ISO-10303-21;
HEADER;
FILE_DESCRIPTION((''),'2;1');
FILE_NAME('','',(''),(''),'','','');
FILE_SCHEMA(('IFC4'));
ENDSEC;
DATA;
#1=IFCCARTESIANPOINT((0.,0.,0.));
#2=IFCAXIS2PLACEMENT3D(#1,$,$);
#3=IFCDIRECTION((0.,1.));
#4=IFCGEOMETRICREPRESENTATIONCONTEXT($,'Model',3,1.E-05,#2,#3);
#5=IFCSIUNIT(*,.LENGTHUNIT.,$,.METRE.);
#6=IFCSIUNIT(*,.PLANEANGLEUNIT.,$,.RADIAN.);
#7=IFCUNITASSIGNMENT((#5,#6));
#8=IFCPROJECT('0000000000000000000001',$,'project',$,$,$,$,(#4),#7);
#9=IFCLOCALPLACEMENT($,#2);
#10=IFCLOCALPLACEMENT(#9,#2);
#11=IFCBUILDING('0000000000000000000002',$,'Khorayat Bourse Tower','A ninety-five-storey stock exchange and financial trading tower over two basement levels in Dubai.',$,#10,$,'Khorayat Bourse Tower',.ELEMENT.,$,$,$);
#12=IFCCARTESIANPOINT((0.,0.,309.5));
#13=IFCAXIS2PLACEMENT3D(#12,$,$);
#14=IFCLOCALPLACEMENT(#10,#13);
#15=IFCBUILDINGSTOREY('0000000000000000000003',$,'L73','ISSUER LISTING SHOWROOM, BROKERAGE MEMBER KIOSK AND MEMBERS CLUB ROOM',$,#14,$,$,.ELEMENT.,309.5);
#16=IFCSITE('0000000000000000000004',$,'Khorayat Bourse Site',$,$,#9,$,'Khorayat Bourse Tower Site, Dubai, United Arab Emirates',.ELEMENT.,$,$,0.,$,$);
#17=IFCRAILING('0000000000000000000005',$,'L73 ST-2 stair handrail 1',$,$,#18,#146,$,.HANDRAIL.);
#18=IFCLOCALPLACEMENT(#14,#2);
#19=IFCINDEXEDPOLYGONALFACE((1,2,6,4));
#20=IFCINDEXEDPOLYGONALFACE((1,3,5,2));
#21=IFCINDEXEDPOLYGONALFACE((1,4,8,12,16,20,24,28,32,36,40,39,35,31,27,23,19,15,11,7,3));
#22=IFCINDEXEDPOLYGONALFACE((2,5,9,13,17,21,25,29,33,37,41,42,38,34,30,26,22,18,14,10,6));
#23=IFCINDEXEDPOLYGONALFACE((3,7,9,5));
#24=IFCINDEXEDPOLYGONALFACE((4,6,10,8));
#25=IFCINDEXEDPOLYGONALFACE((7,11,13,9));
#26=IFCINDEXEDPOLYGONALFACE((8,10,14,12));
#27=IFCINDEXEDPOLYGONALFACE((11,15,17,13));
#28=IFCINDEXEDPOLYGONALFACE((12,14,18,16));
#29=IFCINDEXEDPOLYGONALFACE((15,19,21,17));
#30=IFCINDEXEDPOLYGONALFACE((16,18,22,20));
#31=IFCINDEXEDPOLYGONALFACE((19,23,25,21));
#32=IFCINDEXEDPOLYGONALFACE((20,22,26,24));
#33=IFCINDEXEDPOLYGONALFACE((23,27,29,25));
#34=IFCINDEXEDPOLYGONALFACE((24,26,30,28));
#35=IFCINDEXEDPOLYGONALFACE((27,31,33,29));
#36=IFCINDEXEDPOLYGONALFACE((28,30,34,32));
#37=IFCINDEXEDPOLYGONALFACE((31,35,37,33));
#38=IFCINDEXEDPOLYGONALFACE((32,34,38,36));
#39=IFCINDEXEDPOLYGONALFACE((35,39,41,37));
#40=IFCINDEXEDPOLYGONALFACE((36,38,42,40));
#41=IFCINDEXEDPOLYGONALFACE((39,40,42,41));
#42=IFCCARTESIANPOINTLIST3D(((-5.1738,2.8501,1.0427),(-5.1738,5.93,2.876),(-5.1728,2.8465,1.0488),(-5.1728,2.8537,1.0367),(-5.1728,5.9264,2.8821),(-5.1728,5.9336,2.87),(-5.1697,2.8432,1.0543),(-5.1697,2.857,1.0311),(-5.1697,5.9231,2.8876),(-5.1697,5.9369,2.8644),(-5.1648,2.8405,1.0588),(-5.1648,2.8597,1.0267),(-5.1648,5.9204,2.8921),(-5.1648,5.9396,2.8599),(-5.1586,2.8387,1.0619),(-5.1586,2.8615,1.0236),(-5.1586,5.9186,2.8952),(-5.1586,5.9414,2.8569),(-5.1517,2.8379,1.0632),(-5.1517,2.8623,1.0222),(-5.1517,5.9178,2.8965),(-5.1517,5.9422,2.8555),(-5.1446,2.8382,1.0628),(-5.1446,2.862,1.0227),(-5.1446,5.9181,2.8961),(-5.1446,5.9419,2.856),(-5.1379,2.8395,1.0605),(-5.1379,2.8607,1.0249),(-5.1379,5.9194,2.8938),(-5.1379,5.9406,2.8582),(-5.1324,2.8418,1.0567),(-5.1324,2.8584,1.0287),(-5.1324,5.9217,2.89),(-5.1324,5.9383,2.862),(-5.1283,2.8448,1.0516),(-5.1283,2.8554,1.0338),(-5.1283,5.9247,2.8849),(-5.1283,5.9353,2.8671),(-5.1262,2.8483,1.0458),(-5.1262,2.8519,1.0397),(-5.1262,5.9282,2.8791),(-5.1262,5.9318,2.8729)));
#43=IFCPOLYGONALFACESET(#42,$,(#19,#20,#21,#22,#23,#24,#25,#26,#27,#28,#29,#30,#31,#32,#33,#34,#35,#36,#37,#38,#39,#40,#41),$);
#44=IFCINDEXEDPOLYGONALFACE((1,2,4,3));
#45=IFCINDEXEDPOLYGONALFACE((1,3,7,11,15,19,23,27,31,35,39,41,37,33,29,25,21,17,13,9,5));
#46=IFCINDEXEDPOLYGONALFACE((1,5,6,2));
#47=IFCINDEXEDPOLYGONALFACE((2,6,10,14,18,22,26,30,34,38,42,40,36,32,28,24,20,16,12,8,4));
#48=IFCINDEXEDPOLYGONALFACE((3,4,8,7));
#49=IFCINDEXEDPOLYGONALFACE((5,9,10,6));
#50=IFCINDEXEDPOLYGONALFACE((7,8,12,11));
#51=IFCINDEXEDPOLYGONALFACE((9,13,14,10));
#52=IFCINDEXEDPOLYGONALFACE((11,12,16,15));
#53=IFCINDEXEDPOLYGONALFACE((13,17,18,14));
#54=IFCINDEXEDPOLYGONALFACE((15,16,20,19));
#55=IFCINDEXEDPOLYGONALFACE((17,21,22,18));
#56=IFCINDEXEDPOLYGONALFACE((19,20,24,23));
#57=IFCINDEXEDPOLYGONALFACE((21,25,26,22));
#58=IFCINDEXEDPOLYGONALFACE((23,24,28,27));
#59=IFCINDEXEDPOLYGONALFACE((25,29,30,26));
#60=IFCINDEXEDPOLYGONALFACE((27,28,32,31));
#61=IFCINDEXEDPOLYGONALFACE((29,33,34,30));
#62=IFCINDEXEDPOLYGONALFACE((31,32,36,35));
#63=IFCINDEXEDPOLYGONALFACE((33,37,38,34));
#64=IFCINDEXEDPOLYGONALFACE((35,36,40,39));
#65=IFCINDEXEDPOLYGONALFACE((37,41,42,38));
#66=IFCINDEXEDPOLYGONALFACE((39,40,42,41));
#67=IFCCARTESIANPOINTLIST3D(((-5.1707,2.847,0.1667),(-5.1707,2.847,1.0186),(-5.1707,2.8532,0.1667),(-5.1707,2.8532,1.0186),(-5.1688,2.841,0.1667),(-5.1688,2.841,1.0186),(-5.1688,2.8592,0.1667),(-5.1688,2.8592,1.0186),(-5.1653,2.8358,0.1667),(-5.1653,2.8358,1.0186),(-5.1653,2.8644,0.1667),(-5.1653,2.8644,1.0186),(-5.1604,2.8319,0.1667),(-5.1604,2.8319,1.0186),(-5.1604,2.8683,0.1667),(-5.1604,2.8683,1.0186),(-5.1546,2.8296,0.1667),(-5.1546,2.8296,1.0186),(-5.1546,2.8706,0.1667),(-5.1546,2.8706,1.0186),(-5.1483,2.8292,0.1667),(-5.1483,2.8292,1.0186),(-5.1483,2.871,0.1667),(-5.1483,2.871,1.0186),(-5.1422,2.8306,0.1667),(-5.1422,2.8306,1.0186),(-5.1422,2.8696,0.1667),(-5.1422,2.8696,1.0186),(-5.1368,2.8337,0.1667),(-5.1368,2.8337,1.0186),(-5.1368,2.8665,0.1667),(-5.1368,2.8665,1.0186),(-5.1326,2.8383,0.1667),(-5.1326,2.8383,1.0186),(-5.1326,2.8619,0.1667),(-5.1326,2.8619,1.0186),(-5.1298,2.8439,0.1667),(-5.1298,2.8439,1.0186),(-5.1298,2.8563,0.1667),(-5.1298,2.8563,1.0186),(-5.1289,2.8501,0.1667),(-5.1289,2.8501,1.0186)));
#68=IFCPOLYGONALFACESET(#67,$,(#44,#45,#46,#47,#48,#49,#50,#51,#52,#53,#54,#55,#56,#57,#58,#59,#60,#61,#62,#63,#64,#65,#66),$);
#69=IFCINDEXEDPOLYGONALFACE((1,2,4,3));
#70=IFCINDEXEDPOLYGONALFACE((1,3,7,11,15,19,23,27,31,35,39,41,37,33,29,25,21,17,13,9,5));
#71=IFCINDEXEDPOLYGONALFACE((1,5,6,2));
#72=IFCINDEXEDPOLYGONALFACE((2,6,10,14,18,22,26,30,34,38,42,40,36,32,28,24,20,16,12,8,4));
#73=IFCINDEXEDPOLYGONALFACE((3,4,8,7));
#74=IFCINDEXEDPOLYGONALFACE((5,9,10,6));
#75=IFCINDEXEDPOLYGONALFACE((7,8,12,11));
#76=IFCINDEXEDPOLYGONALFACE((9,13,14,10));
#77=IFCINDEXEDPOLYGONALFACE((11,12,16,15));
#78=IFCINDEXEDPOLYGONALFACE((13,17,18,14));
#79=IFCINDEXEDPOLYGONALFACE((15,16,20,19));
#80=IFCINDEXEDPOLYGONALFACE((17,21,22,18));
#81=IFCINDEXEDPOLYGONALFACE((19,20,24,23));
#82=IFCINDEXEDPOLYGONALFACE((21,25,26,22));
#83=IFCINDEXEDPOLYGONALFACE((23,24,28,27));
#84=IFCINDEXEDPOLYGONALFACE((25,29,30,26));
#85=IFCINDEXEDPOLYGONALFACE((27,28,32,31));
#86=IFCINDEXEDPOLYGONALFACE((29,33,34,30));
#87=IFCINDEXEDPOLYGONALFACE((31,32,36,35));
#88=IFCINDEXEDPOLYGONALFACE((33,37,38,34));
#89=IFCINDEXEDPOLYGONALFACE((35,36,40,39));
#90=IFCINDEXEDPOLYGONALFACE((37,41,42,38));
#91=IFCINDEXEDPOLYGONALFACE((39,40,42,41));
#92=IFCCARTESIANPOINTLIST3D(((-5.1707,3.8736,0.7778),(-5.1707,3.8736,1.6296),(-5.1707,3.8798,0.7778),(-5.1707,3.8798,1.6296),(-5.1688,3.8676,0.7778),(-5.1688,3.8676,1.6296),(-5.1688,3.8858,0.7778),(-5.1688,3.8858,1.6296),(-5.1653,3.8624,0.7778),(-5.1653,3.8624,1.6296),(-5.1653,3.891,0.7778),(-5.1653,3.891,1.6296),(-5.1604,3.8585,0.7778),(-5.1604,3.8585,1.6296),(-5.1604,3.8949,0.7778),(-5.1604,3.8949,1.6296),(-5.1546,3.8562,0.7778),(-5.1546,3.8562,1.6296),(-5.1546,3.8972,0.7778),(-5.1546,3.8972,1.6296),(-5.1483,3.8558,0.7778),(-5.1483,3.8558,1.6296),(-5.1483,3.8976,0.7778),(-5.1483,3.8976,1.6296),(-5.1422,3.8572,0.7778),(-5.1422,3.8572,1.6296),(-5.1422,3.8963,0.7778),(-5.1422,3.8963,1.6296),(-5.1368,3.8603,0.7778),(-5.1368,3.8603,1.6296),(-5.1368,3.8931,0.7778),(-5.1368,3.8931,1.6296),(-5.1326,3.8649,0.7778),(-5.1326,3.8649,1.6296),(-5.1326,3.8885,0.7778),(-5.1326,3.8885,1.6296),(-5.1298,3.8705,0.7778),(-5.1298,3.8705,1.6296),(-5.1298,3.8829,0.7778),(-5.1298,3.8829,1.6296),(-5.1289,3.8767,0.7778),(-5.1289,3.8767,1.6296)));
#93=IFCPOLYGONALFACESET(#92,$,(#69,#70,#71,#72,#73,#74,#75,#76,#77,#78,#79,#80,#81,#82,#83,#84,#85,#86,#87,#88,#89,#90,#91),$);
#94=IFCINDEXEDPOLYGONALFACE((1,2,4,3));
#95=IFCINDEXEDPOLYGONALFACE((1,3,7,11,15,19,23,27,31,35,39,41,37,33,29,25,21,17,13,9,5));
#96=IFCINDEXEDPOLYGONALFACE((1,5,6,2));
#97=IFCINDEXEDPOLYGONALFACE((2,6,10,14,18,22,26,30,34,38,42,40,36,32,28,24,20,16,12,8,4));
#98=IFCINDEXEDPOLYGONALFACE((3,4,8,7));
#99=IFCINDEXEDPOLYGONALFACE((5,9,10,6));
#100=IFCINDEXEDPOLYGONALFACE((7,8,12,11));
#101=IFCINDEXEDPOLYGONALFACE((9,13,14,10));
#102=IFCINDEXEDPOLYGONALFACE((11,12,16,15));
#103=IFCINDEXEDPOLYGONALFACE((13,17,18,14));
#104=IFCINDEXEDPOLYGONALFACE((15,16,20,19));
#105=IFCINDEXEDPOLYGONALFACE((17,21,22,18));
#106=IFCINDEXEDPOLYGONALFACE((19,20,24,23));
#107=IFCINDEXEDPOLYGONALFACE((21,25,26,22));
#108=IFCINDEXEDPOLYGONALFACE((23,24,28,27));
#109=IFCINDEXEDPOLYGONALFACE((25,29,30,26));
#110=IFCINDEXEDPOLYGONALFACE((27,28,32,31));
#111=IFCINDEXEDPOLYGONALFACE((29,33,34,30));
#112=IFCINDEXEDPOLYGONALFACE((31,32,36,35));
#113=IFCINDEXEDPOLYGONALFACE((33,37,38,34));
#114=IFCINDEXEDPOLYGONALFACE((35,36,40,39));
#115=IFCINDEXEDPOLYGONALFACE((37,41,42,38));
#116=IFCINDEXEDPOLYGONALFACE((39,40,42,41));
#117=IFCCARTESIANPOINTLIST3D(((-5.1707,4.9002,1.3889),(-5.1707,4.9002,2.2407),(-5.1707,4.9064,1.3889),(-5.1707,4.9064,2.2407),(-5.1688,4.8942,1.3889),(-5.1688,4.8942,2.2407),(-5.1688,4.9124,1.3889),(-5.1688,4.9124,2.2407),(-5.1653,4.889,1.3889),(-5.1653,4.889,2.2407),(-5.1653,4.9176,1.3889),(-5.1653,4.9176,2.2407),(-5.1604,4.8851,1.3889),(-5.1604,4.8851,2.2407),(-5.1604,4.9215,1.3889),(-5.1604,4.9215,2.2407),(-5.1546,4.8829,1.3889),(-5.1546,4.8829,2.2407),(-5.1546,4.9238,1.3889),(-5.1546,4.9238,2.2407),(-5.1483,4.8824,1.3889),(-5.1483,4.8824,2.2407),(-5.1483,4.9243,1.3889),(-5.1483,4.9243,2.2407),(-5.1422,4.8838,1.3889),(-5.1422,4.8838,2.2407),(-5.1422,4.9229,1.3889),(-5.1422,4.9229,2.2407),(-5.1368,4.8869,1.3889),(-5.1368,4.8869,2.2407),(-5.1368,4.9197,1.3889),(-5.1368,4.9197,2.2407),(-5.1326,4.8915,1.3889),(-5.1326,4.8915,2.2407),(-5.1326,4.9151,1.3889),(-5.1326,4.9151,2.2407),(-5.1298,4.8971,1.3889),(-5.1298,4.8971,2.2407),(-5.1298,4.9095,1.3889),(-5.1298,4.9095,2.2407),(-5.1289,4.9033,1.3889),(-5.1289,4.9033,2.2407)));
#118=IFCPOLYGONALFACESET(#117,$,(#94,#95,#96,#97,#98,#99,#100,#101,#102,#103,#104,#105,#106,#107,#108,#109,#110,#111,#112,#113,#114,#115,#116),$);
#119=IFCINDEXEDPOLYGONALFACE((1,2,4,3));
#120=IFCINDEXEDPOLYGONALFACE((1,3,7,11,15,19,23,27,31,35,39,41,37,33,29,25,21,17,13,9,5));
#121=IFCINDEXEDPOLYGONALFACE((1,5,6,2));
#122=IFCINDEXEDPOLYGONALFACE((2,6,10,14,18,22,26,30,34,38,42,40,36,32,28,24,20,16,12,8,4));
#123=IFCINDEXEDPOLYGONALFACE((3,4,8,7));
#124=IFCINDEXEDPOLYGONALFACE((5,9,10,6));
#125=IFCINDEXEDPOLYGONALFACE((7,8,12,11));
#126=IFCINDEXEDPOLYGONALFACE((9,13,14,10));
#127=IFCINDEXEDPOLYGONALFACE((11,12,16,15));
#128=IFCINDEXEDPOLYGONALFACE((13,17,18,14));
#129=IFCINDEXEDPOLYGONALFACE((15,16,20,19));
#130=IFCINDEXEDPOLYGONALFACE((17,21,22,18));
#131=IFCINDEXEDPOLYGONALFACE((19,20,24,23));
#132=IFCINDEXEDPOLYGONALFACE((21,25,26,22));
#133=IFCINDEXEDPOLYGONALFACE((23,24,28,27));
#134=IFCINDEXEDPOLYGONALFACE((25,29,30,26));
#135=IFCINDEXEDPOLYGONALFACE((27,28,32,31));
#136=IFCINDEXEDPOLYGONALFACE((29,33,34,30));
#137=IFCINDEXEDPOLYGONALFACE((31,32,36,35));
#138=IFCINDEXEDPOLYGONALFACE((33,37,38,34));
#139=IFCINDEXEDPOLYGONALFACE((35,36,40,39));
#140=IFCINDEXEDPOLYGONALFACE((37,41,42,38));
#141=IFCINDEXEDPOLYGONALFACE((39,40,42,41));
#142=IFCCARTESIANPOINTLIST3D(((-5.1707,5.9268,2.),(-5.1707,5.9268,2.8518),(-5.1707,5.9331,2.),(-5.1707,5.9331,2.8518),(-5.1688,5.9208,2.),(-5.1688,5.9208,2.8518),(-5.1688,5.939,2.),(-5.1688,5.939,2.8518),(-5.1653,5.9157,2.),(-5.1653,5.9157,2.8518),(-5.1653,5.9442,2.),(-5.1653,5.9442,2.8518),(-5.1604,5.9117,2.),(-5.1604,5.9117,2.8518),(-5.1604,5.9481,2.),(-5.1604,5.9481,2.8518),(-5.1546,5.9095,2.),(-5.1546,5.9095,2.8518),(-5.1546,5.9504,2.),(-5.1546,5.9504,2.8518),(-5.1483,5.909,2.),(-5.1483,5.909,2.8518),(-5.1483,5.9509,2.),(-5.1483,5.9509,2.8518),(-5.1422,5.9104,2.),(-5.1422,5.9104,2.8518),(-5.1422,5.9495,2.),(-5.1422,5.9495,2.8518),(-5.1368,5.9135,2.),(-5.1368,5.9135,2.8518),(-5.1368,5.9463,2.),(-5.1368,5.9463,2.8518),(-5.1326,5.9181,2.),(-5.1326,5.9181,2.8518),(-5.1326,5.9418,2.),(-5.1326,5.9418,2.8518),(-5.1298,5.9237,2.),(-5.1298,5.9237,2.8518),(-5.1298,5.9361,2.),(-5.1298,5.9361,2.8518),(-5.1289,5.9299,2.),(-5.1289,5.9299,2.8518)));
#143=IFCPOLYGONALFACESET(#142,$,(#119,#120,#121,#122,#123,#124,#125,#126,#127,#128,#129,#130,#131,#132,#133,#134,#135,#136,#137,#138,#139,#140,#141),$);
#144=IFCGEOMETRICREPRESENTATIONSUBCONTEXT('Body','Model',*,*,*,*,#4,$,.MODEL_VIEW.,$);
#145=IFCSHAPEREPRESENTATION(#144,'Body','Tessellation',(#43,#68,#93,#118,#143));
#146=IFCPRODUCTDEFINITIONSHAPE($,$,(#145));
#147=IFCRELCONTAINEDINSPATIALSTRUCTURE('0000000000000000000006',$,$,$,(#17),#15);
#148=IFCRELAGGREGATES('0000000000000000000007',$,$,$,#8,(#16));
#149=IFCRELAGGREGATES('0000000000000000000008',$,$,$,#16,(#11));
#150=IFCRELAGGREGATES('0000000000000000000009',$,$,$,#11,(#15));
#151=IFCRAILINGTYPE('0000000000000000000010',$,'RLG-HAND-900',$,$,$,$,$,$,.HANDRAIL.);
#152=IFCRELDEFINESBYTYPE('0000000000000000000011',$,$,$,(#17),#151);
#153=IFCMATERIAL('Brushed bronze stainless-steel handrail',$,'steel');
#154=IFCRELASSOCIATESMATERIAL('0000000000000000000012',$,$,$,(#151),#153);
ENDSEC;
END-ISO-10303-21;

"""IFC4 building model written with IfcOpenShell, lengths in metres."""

from ifc_helpers import new_model, si_unit, direction, frame, origin, origin_2d, place, context, subcontext, project, spatial, circle, extrude, source, transform, mapped, material, type_object, element, save


model = new_model("IFC4")

# Units and contexts
model_context = context("Model", 3, precision=1e-05, world=origin(), true_north=direction((0.0, 1.0)))
body_context = subcontext(model_context, "Body", "Model", "MODEL_VIEW")
ifc_project = project(units=[si_unit("LENGTHUNIT", "METRE"), si_unit("PLANEANGLEUNIT", "RADIAN")], contexts=[model_context])

# Site, building, storey
site_placement = place(None, origin())
site = spatial("IfcSite", under=ifc_project, at=site_placement, Name="Khorayat Bourse Site", LongName="Khorayat Bourse Tower Site, Dubai, United Arab Emirates", CompositionType="ELEMENT", RefElevation=0.0)
building_placement = place(site_placement, origin())
building = spatial("IfcBuilding", under=site, at=building_placement, Name="Khorayat Bourse Tower", Description="A ninety-five-storey stock exchange and financial trading tower over two basement levels in Dubai.", LongName="Khorayat Bourse Tower", CompositionType="ELEMENT")
storey_placement = place(building_placement, frame((0.0, 0.0, 309.5)))
storey = spatial("IfcBuildingStorey", under=building, at=storey_placement, Name="L73", Description="ISSUER LISTING SHOWROOM, BROKERAGE MEMBER KIOSK AND MEMBERS CLUB ROOM", CompositionType="ELEMENT", Elevation=309.5)

# Railing
ifc_material_1 = material(Name="Brushed bronze stainless-steel handrail", Category="steel")
railing_type_1 = type_object("IfcRailingType", Name="RLG-HAND-900", PredefinedType="HANDRAIL", material=ifc_material_1)
shared_shape_1 = source(origin(), body_context, "Body", "SweptSolid", [
    extrude(circle(Radius=0.0239, at=origin_2d()), frame((0.0, 0.0, 0.876), z_axis=(0.0, 0.859291, 0.511487), x_axis=(-1.0, 0.0, 0.0)), (0.0, 0.0, 1.0), 3.5842),
    extrude(circle(Radius=0.021, at=origin_2d()), origin(), (0.0, 0.0, 1.0), 0.8518),
    extrude(circle(Radius=0.021, at=origin_2d()), frame((0.0, 1.0266, 0.6111)), (0.0, 0.0, 1.0), 0.8518),
    extrude(circle(Radius=0.021, at=origin_2d()), frame((0.0, 2.0532, 1.2222)), (0.0, 0.0, 1.0), 0.8518),
    extrude(circle(Radius=0.021, at=origin_2d()), frame((0.0, 3.0798, 1.8333)), (0.0, 0.0, 1.0), 0.8518),
])
railing_1_placement = place(storey_placement, frame((-5.1499, 2.8501, 0.1667)))
element("IfcRailing", 1, at=railing_1_placement, inside=storey, type_object=railing_type_1, Name="L73 ST-2 stair handrail 1", PredefinedType="HANDRAIL", context=body_context, shape_type="MappedRepresentation", body=[
    mapped(shared_shape_1, transform((0.0, 0.0, 0.0), scale=1.0)),
])

save(model, "model.ifc")
